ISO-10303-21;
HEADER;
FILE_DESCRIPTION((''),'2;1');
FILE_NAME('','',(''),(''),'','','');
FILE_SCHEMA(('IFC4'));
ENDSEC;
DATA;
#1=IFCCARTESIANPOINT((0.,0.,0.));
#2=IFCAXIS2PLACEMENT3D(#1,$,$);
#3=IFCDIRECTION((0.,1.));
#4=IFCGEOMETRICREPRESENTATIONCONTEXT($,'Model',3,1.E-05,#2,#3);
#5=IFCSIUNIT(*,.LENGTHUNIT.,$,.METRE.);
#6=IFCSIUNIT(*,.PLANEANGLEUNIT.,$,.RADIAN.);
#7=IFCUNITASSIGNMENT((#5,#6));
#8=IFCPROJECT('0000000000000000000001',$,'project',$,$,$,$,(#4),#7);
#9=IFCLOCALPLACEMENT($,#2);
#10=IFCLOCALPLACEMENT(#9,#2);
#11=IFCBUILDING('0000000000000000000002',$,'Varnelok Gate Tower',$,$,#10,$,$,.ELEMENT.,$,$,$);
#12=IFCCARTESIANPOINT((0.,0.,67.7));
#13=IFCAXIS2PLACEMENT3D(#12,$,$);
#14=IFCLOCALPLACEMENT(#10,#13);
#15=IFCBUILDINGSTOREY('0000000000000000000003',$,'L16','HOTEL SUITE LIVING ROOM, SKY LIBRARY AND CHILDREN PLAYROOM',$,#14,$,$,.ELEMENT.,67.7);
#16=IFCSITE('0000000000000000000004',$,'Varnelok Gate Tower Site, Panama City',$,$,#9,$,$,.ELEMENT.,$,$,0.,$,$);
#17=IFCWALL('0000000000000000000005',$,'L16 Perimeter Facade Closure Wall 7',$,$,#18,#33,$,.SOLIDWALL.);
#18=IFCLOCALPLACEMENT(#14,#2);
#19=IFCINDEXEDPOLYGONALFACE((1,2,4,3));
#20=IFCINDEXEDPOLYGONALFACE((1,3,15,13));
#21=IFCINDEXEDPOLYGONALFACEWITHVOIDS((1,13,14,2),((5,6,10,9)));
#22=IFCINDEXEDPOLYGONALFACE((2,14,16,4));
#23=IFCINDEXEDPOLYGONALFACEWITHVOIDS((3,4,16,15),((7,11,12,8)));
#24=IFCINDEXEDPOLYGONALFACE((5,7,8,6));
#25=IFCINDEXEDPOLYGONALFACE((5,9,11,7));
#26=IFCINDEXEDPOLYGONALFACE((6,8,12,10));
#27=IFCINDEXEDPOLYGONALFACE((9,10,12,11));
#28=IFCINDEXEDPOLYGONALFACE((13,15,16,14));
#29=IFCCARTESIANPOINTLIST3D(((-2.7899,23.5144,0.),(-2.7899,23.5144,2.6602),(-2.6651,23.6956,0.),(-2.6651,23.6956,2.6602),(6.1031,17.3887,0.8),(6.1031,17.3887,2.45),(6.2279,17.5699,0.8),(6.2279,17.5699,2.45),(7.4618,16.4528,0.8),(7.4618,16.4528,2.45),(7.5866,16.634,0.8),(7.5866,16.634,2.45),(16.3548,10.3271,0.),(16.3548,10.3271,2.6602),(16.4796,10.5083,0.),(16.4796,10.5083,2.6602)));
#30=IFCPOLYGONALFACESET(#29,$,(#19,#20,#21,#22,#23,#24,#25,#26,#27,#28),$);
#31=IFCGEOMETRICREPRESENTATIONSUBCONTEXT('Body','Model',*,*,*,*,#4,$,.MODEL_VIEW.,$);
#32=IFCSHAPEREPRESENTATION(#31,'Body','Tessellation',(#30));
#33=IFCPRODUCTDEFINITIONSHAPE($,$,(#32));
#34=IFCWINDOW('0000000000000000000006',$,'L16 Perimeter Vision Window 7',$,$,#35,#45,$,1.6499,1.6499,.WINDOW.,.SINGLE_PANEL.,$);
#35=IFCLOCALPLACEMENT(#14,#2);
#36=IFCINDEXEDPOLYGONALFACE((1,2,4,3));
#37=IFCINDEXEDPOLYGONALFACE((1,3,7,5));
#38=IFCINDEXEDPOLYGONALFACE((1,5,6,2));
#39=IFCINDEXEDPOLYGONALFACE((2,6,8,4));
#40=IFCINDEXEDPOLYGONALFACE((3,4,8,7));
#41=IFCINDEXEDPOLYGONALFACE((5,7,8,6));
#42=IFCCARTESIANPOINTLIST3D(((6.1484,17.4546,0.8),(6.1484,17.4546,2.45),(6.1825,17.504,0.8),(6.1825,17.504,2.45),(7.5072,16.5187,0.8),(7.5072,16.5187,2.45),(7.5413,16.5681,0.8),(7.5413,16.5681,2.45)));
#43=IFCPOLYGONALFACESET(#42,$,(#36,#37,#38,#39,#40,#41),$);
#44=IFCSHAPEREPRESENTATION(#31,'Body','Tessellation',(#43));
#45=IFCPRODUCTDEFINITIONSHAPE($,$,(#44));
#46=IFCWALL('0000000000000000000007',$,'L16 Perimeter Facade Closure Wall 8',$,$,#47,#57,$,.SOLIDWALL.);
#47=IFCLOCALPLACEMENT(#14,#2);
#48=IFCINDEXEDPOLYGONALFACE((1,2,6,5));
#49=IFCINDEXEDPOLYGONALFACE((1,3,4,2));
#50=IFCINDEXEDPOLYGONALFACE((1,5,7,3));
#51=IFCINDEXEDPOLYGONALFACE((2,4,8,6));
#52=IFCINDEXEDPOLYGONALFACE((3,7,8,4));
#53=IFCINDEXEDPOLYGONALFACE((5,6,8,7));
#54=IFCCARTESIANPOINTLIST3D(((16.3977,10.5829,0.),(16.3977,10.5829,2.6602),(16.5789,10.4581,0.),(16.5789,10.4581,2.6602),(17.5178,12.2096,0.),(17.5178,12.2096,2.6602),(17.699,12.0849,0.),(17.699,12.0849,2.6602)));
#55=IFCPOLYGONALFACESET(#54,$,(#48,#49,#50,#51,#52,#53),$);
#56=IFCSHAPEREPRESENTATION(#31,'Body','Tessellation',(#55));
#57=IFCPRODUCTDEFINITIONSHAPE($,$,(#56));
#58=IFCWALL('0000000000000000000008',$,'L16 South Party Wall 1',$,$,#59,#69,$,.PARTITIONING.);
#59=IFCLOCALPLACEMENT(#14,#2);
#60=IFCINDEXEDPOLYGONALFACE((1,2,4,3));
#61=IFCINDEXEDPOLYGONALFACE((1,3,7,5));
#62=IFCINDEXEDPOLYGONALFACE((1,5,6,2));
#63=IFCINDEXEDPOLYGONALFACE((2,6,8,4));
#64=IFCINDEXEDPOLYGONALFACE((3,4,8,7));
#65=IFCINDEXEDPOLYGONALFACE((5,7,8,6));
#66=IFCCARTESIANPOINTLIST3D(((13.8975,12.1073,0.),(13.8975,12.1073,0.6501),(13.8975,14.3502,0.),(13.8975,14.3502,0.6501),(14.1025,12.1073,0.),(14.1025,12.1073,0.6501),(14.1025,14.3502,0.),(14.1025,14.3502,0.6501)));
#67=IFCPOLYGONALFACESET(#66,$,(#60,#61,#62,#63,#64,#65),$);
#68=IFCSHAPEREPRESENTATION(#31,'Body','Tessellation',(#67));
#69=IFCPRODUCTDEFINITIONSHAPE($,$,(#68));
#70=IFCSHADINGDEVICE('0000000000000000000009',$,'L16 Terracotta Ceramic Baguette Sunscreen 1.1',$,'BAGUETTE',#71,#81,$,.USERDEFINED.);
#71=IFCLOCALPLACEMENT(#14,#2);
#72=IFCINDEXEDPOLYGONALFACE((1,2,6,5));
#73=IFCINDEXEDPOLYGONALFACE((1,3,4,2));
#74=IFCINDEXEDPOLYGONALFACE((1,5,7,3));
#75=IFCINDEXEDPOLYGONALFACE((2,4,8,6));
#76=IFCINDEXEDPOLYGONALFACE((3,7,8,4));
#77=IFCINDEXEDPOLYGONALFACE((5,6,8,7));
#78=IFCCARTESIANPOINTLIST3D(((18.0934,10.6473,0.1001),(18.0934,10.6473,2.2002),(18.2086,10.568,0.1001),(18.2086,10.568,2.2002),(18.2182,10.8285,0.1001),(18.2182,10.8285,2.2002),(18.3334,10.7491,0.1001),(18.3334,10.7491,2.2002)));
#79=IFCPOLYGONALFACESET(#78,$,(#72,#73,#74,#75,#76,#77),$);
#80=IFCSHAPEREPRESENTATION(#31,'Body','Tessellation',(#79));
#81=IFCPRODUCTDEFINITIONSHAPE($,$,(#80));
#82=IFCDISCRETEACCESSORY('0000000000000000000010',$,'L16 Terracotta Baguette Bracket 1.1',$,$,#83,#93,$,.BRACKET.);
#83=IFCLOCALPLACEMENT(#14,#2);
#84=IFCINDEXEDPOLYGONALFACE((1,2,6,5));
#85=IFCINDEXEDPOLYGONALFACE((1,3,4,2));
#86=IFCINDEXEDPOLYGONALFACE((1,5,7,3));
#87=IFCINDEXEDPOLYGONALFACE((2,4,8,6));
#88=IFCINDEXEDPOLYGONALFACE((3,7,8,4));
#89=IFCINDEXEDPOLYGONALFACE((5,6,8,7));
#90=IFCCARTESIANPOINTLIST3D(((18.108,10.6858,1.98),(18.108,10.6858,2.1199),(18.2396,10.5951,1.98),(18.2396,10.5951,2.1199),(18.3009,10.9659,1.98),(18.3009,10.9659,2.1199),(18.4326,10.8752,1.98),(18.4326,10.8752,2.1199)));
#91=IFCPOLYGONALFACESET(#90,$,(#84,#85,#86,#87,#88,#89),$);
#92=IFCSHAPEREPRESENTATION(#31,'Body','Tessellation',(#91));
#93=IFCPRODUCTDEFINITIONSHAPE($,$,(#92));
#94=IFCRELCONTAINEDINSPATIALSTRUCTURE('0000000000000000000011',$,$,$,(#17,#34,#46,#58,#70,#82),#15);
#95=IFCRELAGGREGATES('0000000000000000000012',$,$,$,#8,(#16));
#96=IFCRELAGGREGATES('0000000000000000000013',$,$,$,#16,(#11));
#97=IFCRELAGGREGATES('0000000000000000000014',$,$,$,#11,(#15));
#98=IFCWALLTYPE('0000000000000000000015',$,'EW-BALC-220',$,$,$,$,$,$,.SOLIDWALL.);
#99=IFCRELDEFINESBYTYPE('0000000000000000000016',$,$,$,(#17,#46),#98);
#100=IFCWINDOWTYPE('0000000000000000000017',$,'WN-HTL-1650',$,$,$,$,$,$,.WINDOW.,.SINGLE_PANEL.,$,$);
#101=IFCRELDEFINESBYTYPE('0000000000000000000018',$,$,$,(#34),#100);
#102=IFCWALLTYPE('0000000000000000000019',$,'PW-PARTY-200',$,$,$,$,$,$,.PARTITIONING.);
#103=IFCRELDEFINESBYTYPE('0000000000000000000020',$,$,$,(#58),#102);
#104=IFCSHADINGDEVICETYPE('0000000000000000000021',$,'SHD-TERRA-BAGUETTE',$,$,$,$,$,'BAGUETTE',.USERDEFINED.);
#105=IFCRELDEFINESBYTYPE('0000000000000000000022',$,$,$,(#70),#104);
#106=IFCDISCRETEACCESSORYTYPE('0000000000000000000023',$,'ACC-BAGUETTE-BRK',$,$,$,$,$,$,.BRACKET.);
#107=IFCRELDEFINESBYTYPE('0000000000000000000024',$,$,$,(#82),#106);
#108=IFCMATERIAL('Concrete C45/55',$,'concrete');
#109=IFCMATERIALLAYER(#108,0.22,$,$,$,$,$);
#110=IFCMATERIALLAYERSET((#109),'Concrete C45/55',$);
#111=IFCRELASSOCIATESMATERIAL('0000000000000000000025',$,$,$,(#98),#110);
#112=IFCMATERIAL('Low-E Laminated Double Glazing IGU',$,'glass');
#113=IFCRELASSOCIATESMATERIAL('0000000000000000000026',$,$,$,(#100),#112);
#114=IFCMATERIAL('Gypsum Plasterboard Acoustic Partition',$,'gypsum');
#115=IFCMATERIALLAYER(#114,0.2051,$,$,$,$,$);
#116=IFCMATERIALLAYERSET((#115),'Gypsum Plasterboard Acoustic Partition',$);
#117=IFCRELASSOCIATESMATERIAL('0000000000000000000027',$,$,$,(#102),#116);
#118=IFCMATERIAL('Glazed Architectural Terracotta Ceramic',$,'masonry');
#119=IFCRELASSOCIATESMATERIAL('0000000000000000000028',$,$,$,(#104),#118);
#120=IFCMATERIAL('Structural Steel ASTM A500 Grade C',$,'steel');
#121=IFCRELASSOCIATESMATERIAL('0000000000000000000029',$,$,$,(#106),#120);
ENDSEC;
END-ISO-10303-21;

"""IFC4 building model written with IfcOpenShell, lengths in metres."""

from ifc_helpers import new_model, si_unit, direction, frame, frame_2d, origin, origin_2d, place, context, subcontext, project, spatial, rectangle, extrude, source, transform, mapped, material, layer, layer_set, type_object, element, fill, save


model = new_model("IFC4")

# Units and contexts
model_context = context("Model", 3, precision=1e-05, world=origin(), true_north=direction((0.0, 1.0)))
body_context = subcontext(model_context, "Body", "Model", "MODEL_VIEW")
ifc_project = project(units=[si_unit("LENGTHUNIT", "METRE"), si_unit("PLANEANGLEUNIT", "RADIAN")], contexts=[model_context])

# Site, building, storey
site_placement = place(None, origin())
site = spatial("IfcSite", under=ifc_project, at=site_placement, Name="Varnelok Gate Tower Site, Panama City", CompositionType="ELEMENT", RefElevation=0.0)
building_placement = place(site_placement, origin())
building = spatial("IfcBuilding", under=site, at=building_placement, Name="Varnelok Gate Tower", CompositionType="ELEMENT")
storey_placement = place(building_placement, frame((0.0, 0.0, 67.7)))
storey = spatial("IfcBuildingStorey", under=building, at=storey_placement, Name="L16", Description="HOTEL SUITE LIVING ROOM, SKY LIBRARY AND CHILDREN PLAYROOM", CompositionType="ELEMENT", Elevation=67.7)

# Shared definitions
ifc_material_1 = material(Name="Concrete C45/55", Category="concrete")

# Shared definitions
ifc_layer_1 = layer(ifc_material_1, 0.22)
ifc_layer_set_1 = layer_set([ifc_layer_1], Name="Concrete C45/55")
wall_type_1 = type_object("IfcWallType", Name="EW-BALC-220", PredefinedType="SOLIDWALL", material=ifc_layer_set_1)

# Wall, opening, window
wall_1_placement = place(storey_placement, frame((-2.7275, 23.605, 0.0), z_axis=(0.0, 0.0, 1.0), x_axis=(0.823535, -0.567265, 0.0)))
wall_1 = element("IfcWall", 1, at=wall_1_placement, inside=storey, type_object=wall_type_1, Name="L16 Perimeter Facade Closure Wall 7", PredefinedType="SOLIDWALL", context=body_context, shape_type="SweptSolid", body=[
    extrude(rectangle(XDim=23.2471, YDim=0.22, at=frame_2d((11.6235, 0.0))), origin(), (0.0, 0.0, 1.0), 2.6602),
])
opening_placement = place(wall_1_placement, frame((10.7986, 0.0, 0.8)))
opening = element("IfcOpeningElement", 2, at=opening_placement, cuts=wall_1, PredefinedType="OPENING", context=body_context, shape_type="SweptSolid", body=[
    extrude(rectangle(XDim=1.6499, YDim=1.6499, at=frame_2d((0.825, 0.825))), frame((0.0, 0.1199, 0.0), z_axis=(0.0, -1.0, 0.0), x_axis=(1.0, 0.0, 0.0)), (0.0, 0.0, 1.0), 0.24),
])
ifc_material_2 = material(Name="Low-E Laminated Double Glazing IGU", Category="glass")
window_type = type_object("IfcWindowType", Name="WN-HTL-1650", PartitioningType="SINGLE_PANEL", PredefinedType="WINDOW", material=ifc_material_2)
window_placement = place(opening_placement, origin())
window = element("IfcWindow", 3, at=window_placement, inside=storey, type_object=window_type, Name="L16 Perimeter Vision Window 7", OverallHeight=1.6499, OverallWidth=1.6499, PartitioningType="SINGLE_PANEL", PredefinedType="WINDOW", context=body_context, shape_type="SweptSolid", body=[
    extrude(rectangle(XDim=1.6499, YDim=1.6499, at=frame_2d((0.825, 0.825))), frame((0.0, 0.03, 0.0), z_axis=(0.0, -1.0, 0.0), x_axis=(1.0, 0.0, 0.0)), (0.0, 0.0, 1.0), 0.0601),
])
fill(opening, window)

# Walls
wall_2_placement = place(storey_placement, frame((16.4883, 10.5205, 0.0), z_axis=(0.0, 0.0, 1.0), x_axis=(0.567132, 0.823627, 0.0)))
element("IfcWall", 4, at=wall_2_placement, inside=storey, type_object=wall_type_1, Name="L16 Perimeter Facade Closure Wall 8", PredefinedType="SOLIDWALL", context=body_context, shape_type="SweptSolid", body=[
    extrude(rectangle(XDim=1.9751, YDim=0.22, at=frame_2d((0.9875, 0.0))), origin(), (0.0, 0.0, 1.0), 2.6602),
])
ifc_material_3 = material(Name="Gypsum Plasterboard Acoustic Partition", Category="gypsum")
ifc_layer_2 = layer(ifc_material_3, 0.2051)
ifc_layer_set_2 = layer_set([ifc_layer_2], Name="Gypsum Plasterboard Acoustic Partition")
wall_type_2 = type_object("IfcWallType", Name="PW-PARTY-200", PredefinedType="PARTITIONING", material=ifc_layer_set_2)
wall_3_placement = place(storey_placement, frame((14.0, 12.1072, 0.0), z_axis=(0.0, 0.0, 1.0), x_axis=(0.0, 1.0, 0.0)))
element("IfcWall", 5, at=wall_3_placement, inside=storey, type_object=wall_type_2, Name="L16 South Party Wall 1", PredefinedType="PARTITIONING", context=body_context, shape_type="SweptSolid", body=[
    extrude(rectangle(XDim=2.2429, YDim=0.2051, at=frame_2d((1.1216, 0.0))), origin(), (0.0, 0.0, 1.0), 0.6501),
])

# Shading device
ifc_material_4 = material(Name="Glazed Architectural Terracotta Ceramic", Category="masonry")
shading_device_type = type_object("IfcShadingDeviceType", Name="SHD-TERRA-BAGUETTE", ElementType="BAGUETTE", PredefinedType="USERDEFINED", material=ifc_material_4)
shared_shape_1 = source(origin(), body_context, "Body", "SweptSolid", [
    extrude(rectangle(XDim=0.1399, YDim=0.22, at=origin_2d()), origin(), (0.0, 0.0, 1.0), 2.1001),
])
shading_device_placement = place(storey_placement, frame((18.2134, 10.6982, 0.1001), z_axis=(0.0, 0.0, 1.0), x_axis=(0.823533, -0.567269, 0.0)))
element("IfcShadingDevice", 6, at=shading_device_placement, inside=storey, type_object=shading_device_type, Name="L16 Terracotta Ceramic Baguette Sunscreen 1.1", ObjectType="BAGUETTE", PredefinedType="USERDEFINED", context=body_context, shape_type="MappedRepresentation", body=[
    mapped(shared_shape_1, transform((0.0, 0.0, 0.0), scale=1.0)),
])

# Discrete accessory
ifc_material_5 = material(Name="Structural Steel ASTM A500 Grade C", Category="steel")
discrete_accessory_type = type_object("IfcDiscreteAccessoryType", Name="ACC-BAGUETTE-BRK", PredefinedType="BRACKET", material=ifc_material_5)
shared_shape_2 = source(origin(), body_context, "Body", "SweptSolid", [
    extrude(rectangle(XDim=0.1599, YDim=0.3401, at=origin_2d()), origin(), (0.0, 0.0, 1.0), 0.1399),
])
discrete_accessory_placement = place(storey_placement, frame((18.2703, 10.7805, 1.98), z_axis=(0.0, 0.0, 1.0), x_axis=(0.823533, -0.567269, 0.0)))
element("IfcDiscreteAccessory", 7, at=discrete_accessory_placement, inside=storey, type_object=discrete_accessory_type, Name="L16 Terracotta Baguette Bracket 1.1", PredefinedType="BRACKET", context=body_context, shape_type="MappedRepresentation", body=[
    mapped(shared_shape_2, transform((0.0, 0.0, 0.0), scale=1.0)),
])

save(model, "model.ifc")
